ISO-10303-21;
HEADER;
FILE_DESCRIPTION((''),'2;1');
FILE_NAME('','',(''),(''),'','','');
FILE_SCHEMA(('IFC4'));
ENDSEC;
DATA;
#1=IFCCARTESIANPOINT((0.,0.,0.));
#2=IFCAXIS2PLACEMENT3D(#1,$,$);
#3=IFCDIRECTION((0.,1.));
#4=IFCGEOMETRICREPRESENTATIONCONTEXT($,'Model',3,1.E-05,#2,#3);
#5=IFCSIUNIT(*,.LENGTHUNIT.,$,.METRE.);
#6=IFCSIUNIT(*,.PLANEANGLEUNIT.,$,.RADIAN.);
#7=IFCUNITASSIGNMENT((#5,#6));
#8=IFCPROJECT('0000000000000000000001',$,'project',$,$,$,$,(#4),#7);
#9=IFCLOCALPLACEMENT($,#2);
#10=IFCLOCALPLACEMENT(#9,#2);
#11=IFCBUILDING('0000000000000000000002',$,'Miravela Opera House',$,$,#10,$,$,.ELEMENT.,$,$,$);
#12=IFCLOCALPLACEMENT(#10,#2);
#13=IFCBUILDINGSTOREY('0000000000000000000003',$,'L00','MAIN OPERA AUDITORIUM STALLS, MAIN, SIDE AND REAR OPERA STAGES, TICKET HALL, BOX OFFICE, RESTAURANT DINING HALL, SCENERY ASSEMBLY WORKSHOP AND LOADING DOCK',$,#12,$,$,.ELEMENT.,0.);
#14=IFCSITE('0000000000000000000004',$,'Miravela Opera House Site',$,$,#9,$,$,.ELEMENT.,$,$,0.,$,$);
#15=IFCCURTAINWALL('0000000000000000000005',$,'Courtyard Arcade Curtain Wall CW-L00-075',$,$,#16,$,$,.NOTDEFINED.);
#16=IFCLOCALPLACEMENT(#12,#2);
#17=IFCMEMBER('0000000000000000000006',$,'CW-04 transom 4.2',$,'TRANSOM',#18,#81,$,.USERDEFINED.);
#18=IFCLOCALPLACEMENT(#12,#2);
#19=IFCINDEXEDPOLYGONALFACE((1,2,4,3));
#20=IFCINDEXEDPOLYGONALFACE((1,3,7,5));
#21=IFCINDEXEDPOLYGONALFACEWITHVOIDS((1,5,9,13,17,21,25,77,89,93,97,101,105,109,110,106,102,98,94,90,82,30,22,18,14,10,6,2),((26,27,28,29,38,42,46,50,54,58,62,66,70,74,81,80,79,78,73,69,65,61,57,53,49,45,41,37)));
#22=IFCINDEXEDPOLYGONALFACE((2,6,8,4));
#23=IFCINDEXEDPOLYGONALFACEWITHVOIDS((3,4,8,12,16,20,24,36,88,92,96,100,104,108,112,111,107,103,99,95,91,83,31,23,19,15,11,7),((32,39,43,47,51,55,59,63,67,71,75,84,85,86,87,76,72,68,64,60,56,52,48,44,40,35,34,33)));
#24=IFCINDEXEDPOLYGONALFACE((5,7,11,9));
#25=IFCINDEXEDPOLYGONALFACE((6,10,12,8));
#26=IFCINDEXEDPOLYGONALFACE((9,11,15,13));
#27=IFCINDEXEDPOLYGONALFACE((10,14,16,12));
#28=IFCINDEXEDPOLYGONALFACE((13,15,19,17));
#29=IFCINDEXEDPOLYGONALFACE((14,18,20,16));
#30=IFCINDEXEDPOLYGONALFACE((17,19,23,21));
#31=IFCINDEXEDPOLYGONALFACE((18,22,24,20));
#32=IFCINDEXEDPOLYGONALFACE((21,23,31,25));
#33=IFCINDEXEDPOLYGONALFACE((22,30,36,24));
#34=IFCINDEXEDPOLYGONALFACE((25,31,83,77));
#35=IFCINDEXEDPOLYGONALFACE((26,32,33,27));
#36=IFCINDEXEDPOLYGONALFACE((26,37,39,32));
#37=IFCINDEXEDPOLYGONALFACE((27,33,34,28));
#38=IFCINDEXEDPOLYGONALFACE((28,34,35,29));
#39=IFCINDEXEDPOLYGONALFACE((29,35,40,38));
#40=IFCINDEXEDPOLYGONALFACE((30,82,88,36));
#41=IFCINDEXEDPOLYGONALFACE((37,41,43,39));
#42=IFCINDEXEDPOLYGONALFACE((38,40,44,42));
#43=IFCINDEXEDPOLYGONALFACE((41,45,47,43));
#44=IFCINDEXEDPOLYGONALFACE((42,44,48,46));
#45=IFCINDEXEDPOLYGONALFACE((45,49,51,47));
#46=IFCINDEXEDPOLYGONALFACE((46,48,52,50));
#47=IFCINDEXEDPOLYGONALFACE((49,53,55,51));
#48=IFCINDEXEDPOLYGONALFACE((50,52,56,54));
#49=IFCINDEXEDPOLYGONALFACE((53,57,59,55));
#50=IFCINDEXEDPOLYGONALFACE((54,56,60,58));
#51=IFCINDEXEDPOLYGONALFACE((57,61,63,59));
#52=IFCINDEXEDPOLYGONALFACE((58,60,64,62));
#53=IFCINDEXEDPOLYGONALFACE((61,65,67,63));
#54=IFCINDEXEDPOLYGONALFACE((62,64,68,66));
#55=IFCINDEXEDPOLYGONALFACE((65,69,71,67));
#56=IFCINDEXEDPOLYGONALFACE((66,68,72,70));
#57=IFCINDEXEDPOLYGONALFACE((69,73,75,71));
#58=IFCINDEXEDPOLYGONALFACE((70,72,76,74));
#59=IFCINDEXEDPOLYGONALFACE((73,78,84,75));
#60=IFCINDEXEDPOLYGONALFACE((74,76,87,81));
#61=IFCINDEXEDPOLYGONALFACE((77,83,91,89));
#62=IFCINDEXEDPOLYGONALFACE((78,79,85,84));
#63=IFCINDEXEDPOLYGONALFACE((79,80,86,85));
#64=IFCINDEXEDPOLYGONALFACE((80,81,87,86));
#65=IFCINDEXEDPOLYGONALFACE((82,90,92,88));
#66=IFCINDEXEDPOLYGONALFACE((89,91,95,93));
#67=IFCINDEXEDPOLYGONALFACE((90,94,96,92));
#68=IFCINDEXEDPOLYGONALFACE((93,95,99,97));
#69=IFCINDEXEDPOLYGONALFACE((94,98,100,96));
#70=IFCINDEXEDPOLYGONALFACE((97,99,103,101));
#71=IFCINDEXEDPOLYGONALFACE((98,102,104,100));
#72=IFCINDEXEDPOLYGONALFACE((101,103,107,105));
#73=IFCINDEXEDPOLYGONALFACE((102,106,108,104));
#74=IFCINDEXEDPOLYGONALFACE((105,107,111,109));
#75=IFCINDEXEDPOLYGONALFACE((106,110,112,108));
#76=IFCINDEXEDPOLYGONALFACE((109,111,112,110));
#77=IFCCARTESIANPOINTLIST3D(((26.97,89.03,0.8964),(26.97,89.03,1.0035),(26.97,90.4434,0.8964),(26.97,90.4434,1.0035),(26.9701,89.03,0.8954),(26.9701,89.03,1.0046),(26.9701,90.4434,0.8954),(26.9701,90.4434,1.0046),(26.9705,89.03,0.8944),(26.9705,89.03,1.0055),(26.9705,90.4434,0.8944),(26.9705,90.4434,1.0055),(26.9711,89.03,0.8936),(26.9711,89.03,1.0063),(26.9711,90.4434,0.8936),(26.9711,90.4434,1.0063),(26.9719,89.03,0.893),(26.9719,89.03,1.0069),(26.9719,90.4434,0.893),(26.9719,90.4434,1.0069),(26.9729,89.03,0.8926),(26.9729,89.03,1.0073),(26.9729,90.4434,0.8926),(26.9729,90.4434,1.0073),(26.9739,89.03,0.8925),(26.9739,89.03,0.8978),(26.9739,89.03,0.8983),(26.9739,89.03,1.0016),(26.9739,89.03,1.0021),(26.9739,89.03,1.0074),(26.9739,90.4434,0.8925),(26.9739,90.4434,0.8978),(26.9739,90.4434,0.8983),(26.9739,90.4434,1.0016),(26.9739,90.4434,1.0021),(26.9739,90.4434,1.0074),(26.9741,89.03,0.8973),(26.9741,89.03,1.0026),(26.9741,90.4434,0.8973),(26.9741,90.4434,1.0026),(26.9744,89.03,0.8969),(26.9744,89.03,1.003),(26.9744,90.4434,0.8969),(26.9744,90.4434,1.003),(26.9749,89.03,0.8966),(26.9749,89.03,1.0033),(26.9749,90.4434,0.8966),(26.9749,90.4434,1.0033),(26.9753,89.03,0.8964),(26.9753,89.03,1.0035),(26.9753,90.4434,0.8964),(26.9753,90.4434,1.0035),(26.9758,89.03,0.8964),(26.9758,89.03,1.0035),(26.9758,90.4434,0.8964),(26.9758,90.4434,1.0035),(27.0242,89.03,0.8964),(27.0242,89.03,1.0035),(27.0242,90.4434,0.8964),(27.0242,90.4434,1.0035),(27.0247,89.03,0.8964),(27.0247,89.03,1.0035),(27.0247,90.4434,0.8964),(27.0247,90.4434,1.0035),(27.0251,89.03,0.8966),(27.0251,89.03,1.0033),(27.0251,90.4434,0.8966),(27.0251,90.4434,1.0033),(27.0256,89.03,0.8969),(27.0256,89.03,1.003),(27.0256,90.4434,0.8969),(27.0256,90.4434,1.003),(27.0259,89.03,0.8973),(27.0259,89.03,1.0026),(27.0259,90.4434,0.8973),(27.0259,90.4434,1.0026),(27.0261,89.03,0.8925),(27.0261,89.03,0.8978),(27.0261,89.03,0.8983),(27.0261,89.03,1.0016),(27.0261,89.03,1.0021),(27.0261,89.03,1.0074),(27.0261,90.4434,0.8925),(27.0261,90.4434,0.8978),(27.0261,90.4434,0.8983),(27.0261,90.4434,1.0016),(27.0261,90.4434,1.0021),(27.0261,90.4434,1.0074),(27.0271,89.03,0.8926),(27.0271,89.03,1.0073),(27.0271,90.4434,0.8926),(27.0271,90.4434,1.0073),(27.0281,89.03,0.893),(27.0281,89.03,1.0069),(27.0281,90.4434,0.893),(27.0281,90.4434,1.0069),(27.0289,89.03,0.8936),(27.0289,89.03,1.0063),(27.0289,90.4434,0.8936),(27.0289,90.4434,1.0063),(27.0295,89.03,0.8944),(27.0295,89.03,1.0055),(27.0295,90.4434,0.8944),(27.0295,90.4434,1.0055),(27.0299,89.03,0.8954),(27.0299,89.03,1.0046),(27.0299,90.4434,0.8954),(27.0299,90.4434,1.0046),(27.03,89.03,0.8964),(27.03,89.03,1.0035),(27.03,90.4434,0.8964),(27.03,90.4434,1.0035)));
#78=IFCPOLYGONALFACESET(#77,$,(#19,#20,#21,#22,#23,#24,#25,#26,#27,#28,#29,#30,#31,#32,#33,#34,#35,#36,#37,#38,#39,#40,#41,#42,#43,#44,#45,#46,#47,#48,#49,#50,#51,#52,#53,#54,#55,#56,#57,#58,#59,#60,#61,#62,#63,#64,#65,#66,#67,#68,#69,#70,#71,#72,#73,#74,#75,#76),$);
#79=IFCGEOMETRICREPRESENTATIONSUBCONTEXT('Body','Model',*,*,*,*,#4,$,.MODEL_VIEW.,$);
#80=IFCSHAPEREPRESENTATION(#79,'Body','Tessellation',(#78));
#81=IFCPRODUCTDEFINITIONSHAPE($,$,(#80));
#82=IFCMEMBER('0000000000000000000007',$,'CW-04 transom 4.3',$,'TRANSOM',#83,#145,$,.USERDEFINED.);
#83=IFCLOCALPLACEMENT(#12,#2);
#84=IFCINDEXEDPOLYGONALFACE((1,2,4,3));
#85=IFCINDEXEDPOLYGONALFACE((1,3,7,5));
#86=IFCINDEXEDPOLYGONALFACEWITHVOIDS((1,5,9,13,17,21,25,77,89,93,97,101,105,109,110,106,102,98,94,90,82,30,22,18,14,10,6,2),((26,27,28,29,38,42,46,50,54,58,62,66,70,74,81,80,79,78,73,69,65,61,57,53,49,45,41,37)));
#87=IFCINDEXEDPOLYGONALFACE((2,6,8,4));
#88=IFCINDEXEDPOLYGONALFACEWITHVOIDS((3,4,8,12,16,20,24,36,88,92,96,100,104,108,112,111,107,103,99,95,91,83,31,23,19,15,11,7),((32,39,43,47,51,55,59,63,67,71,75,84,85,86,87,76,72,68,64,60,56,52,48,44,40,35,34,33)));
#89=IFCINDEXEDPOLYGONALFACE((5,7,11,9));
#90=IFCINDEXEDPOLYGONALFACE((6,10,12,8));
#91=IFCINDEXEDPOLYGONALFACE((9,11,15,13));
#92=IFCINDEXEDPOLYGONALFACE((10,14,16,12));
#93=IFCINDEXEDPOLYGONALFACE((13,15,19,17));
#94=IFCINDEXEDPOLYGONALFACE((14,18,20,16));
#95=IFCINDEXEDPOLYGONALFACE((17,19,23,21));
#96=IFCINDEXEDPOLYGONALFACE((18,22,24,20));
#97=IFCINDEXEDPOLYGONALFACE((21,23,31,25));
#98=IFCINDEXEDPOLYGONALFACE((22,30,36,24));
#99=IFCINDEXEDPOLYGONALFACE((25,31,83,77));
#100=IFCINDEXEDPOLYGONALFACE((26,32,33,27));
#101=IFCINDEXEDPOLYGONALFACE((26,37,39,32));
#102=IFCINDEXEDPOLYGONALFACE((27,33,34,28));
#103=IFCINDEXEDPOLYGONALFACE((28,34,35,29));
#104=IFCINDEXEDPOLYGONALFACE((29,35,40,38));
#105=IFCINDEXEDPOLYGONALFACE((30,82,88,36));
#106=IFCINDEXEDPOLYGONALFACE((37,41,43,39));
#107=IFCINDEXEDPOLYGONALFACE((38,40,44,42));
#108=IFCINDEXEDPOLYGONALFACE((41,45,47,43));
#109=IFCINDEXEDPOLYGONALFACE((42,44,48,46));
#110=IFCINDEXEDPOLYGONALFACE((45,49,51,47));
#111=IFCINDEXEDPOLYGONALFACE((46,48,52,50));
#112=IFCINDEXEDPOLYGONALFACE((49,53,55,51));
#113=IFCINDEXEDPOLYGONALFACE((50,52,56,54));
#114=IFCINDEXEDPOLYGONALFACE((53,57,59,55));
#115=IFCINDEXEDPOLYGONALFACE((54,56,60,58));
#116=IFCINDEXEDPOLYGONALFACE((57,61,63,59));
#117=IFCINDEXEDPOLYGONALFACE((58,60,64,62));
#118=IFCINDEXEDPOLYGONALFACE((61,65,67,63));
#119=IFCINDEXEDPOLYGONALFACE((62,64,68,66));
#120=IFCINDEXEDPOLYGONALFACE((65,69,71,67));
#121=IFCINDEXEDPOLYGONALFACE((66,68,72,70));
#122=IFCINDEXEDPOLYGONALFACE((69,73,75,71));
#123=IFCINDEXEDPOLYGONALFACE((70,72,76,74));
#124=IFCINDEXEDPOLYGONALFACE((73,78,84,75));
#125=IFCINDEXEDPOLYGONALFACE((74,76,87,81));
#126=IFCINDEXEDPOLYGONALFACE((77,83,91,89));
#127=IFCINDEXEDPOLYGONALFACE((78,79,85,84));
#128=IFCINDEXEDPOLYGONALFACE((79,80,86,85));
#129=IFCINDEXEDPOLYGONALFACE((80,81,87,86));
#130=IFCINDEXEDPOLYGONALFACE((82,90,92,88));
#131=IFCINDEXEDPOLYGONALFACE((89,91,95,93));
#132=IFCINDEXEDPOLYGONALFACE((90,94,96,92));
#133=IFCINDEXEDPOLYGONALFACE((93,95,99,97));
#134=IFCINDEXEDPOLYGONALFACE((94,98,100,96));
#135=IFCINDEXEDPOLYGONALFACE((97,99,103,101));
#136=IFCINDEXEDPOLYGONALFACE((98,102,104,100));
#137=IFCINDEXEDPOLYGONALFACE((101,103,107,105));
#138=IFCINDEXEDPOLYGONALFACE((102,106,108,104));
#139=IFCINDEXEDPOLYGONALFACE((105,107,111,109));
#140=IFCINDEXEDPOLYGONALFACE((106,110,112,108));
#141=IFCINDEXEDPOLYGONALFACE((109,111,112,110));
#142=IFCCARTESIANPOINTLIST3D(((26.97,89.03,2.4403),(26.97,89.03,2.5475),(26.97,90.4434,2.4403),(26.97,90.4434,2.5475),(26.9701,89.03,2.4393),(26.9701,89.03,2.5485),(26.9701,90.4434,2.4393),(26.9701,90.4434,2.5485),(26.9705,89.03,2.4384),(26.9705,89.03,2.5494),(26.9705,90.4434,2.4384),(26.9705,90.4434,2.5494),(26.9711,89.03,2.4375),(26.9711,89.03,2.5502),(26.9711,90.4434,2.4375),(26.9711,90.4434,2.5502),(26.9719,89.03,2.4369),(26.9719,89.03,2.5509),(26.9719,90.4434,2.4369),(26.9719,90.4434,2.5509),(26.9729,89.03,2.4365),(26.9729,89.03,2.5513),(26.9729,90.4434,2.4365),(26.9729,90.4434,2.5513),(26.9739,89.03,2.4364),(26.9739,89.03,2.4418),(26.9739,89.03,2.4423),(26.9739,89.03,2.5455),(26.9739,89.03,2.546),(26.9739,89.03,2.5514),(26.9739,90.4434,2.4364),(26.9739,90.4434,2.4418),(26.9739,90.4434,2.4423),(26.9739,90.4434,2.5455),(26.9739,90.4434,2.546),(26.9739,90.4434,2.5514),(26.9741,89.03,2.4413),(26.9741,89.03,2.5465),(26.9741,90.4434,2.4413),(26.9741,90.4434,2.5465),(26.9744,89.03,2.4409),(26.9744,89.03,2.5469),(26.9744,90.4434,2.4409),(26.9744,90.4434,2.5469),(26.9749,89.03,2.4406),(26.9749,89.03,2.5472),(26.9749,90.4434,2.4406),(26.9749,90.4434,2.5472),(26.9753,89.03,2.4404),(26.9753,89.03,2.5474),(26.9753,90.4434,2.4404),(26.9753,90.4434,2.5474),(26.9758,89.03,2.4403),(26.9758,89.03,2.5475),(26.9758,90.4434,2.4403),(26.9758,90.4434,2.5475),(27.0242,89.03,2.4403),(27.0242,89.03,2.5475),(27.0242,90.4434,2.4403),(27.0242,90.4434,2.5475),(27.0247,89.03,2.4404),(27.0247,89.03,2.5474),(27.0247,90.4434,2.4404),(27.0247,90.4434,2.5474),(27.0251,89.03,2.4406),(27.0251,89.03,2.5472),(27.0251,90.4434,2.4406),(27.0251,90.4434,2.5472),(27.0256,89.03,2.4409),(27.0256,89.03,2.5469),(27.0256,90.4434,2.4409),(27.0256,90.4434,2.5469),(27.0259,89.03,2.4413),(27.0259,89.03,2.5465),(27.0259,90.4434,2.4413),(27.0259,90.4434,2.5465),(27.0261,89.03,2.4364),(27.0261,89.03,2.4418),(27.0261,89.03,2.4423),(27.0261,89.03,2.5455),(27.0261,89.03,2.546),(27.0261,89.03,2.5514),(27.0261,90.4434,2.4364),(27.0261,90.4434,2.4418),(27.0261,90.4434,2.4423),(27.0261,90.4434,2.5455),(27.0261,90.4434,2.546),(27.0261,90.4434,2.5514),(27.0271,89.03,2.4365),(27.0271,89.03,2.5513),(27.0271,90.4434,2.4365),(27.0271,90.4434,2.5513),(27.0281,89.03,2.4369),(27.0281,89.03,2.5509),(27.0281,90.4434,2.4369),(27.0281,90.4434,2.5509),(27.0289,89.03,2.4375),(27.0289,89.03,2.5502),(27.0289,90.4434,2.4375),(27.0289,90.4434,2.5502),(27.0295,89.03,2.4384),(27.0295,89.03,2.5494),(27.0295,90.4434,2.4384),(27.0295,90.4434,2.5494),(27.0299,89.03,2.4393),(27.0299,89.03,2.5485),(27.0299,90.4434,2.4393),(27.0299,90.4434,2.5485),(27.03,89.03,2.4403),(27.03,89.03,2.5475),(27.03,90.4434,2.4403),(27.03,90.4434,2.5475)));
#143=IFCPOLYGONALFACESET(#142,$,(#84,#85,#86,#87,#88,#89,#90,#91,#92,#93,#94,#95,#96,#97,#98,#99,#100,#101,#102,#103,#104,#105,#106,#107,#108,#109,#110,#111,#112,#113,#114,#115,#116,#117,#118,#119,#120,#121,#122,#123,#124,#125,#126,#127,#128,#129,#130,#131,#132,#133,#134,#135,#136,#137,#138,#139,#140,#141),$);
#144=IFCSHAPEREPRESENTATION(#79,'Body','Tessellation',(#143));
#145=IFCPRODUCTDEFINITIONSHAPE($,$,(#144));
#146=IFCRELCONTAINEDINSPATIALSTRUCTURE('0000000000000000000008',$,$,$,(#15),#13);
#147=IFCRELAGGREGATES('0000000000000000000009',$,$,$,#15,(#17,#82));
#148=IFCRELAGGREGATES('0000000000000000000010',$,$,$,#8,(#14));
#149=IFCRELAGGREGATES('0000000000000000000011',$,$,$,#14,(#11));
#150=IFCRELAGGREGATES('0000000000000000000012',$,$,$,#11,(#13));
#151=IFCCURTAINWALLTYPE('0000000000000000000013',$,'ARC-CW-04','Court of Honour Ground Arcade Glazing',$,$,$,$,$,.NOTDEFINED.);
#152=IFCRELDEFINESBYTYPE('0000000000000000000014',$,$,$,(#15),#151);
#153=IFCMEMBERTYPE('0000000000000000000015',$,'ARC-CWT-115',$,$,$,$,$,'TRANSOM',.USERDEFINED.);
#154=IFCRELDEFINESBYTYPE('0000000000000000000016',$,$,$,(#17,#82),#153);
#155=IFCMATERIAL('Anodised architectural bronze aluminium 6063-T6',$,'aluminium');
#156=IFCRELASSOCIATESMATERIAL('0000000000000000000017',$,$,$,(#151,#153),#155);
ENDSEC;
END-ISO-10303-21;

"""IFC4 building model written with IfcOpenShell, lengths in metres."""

from ifc_helpers import new_model, si_unit, direction, frame, origin, origin_2d, place, context, subcontext, project, spatial, hollow_rectangle, extrude, material, material_profile, profile_set, type_object, element, aggregate, save


model = new_model("IFC4")

# Units and contexts
model_context = context("Model", 3, precision=1e-05, world=origin(), true_north=direction((0.0, 1.0)))
body_context = subcontext(model_context, "Body", "Model", "MODEL_VIEW")
ifc_project = project(units=[si_unit("LENGTHUNIT", "METRE"), si_unit("PLANEANGLEUNIT", "RADIAN")], contexts=[model_context])

# Site, building, storey
site_placement = place(None, origin())
site = spatial("IfcSite", under=ifc_project, at=site_placement, Name="Miravela Opera House Site", CompositionType="ELEMENT", RefElevation=0.0)
building_placement = place(site_placement, origin())
building = spatial("IfcBuilding", under=site, at=building_placement, Name="Miravela Opera House", CompositionType="ELEMENT")
storey_placement = place(building_placement, origin())
storey = spatial("IfcBuildingStorey", under=building, at=storey_placement, Name="L00", Description="MAIN OPERA AUDITORIUM STALLS, MAIN, SIDE AND REAR OPERA STAGES, TICKET HALL, BOX OFFICE, RESTAURANT DINING HALL, SCENERY ASSEMBLY WORKSHOP AND LOADING DOCK", CompositionType="ELEMENT", Elevation=0.0)

# Curtain wall, members
ifc_material_1 = material(Name="Anodised architectural bronze aluminium 6063-T6", Category="aluminium")
curtain_wall_type = type_object("IfcCurtainWallType", Name="ARC-CW-04", Description="Court of Honour Ground Arcade Glazing", PredefinedType="NOTDEFINED", material=ifc_material_1)
curtain_wall_placement = place(storey_placement, origin())
curtain_wall = element("IfcCurtainWall", 1, at=curtain_wall_placement, inside=storey, type_object=curtain_wall_type, Name="Courtyard Arcade Curtain Wall CW-L00-075", PredefinedType="NOTDEFINED")
ifc_material_profile_1 = material_profile(ifc_material_1, hollow_rectangle(XDim=0.0601, YDim=0.115, WallThickness=0.0039, InnerFilletRadius=0.002, OuterFilletRadius=0.0039, at=origin_2d()), Name="CWT-60X115")
ifc_profile_set_1 = profile_set([ifc_material_profile_1])
member_type_1 = type_object("IfcMemberType", Name="ARC-CWT-115", ElementType="TRANSOM", PredefinedType="USERDEFINED", material=ifc_profile_set_1)
member_1_placement = place(storey_placement, frame((27.0, 89.03, 0.95), z_axis=(0.0, 1.0, 0.0), x_axis=(-1.0, 0.0, 0.0)))
member_1 = element("IfcMember", 2, at=member_1_placement, type_object=member_type_1, Name="CW-04 transom 4.2", ObjectType="TRANSOM", PredefinedType="USERDEFINED", context=body_context, shape_type="SweptSolid", body=[
    extrude(hollow_rectangle(XDim=0.0601, YDim=0.115, WallThickness=0.0039, InnerFilletRadius=0.002, OuterFilletRadius=0.0039, at=origin_2d()), origin(), (0.0, 0.0, 1.0), 1.4133),
])
member_2_placement = place(storey_placement, frame((27.0, 89.03, 2.4939), z_axis=(0.0, 1.0, 0.0), x_axis=(-1.0, 0.0, 0.0)))
member_2 = element("IfcMember", 3, at=member_2_placement, type_object=member_type_1, Name="CW-04 transom 4.3", ObjectType="TRANSOM", PredefinedType="USERDEFINED", context=body_context, shape_type="SweptSolid", body=[
    extrude(hollow_rectangle(XDim=0.0601, YDim=0.115, WallThickness=0.0039, InnerFilletRadius=0.002, OuterFilletRadius=0.0039, at=origin_2d()), origin(), (0.0, 0.0, 1.0), 1.4133),
])
aggregate(curtain_wall, [member_1, member_2])

save(model, "model.ifc")
